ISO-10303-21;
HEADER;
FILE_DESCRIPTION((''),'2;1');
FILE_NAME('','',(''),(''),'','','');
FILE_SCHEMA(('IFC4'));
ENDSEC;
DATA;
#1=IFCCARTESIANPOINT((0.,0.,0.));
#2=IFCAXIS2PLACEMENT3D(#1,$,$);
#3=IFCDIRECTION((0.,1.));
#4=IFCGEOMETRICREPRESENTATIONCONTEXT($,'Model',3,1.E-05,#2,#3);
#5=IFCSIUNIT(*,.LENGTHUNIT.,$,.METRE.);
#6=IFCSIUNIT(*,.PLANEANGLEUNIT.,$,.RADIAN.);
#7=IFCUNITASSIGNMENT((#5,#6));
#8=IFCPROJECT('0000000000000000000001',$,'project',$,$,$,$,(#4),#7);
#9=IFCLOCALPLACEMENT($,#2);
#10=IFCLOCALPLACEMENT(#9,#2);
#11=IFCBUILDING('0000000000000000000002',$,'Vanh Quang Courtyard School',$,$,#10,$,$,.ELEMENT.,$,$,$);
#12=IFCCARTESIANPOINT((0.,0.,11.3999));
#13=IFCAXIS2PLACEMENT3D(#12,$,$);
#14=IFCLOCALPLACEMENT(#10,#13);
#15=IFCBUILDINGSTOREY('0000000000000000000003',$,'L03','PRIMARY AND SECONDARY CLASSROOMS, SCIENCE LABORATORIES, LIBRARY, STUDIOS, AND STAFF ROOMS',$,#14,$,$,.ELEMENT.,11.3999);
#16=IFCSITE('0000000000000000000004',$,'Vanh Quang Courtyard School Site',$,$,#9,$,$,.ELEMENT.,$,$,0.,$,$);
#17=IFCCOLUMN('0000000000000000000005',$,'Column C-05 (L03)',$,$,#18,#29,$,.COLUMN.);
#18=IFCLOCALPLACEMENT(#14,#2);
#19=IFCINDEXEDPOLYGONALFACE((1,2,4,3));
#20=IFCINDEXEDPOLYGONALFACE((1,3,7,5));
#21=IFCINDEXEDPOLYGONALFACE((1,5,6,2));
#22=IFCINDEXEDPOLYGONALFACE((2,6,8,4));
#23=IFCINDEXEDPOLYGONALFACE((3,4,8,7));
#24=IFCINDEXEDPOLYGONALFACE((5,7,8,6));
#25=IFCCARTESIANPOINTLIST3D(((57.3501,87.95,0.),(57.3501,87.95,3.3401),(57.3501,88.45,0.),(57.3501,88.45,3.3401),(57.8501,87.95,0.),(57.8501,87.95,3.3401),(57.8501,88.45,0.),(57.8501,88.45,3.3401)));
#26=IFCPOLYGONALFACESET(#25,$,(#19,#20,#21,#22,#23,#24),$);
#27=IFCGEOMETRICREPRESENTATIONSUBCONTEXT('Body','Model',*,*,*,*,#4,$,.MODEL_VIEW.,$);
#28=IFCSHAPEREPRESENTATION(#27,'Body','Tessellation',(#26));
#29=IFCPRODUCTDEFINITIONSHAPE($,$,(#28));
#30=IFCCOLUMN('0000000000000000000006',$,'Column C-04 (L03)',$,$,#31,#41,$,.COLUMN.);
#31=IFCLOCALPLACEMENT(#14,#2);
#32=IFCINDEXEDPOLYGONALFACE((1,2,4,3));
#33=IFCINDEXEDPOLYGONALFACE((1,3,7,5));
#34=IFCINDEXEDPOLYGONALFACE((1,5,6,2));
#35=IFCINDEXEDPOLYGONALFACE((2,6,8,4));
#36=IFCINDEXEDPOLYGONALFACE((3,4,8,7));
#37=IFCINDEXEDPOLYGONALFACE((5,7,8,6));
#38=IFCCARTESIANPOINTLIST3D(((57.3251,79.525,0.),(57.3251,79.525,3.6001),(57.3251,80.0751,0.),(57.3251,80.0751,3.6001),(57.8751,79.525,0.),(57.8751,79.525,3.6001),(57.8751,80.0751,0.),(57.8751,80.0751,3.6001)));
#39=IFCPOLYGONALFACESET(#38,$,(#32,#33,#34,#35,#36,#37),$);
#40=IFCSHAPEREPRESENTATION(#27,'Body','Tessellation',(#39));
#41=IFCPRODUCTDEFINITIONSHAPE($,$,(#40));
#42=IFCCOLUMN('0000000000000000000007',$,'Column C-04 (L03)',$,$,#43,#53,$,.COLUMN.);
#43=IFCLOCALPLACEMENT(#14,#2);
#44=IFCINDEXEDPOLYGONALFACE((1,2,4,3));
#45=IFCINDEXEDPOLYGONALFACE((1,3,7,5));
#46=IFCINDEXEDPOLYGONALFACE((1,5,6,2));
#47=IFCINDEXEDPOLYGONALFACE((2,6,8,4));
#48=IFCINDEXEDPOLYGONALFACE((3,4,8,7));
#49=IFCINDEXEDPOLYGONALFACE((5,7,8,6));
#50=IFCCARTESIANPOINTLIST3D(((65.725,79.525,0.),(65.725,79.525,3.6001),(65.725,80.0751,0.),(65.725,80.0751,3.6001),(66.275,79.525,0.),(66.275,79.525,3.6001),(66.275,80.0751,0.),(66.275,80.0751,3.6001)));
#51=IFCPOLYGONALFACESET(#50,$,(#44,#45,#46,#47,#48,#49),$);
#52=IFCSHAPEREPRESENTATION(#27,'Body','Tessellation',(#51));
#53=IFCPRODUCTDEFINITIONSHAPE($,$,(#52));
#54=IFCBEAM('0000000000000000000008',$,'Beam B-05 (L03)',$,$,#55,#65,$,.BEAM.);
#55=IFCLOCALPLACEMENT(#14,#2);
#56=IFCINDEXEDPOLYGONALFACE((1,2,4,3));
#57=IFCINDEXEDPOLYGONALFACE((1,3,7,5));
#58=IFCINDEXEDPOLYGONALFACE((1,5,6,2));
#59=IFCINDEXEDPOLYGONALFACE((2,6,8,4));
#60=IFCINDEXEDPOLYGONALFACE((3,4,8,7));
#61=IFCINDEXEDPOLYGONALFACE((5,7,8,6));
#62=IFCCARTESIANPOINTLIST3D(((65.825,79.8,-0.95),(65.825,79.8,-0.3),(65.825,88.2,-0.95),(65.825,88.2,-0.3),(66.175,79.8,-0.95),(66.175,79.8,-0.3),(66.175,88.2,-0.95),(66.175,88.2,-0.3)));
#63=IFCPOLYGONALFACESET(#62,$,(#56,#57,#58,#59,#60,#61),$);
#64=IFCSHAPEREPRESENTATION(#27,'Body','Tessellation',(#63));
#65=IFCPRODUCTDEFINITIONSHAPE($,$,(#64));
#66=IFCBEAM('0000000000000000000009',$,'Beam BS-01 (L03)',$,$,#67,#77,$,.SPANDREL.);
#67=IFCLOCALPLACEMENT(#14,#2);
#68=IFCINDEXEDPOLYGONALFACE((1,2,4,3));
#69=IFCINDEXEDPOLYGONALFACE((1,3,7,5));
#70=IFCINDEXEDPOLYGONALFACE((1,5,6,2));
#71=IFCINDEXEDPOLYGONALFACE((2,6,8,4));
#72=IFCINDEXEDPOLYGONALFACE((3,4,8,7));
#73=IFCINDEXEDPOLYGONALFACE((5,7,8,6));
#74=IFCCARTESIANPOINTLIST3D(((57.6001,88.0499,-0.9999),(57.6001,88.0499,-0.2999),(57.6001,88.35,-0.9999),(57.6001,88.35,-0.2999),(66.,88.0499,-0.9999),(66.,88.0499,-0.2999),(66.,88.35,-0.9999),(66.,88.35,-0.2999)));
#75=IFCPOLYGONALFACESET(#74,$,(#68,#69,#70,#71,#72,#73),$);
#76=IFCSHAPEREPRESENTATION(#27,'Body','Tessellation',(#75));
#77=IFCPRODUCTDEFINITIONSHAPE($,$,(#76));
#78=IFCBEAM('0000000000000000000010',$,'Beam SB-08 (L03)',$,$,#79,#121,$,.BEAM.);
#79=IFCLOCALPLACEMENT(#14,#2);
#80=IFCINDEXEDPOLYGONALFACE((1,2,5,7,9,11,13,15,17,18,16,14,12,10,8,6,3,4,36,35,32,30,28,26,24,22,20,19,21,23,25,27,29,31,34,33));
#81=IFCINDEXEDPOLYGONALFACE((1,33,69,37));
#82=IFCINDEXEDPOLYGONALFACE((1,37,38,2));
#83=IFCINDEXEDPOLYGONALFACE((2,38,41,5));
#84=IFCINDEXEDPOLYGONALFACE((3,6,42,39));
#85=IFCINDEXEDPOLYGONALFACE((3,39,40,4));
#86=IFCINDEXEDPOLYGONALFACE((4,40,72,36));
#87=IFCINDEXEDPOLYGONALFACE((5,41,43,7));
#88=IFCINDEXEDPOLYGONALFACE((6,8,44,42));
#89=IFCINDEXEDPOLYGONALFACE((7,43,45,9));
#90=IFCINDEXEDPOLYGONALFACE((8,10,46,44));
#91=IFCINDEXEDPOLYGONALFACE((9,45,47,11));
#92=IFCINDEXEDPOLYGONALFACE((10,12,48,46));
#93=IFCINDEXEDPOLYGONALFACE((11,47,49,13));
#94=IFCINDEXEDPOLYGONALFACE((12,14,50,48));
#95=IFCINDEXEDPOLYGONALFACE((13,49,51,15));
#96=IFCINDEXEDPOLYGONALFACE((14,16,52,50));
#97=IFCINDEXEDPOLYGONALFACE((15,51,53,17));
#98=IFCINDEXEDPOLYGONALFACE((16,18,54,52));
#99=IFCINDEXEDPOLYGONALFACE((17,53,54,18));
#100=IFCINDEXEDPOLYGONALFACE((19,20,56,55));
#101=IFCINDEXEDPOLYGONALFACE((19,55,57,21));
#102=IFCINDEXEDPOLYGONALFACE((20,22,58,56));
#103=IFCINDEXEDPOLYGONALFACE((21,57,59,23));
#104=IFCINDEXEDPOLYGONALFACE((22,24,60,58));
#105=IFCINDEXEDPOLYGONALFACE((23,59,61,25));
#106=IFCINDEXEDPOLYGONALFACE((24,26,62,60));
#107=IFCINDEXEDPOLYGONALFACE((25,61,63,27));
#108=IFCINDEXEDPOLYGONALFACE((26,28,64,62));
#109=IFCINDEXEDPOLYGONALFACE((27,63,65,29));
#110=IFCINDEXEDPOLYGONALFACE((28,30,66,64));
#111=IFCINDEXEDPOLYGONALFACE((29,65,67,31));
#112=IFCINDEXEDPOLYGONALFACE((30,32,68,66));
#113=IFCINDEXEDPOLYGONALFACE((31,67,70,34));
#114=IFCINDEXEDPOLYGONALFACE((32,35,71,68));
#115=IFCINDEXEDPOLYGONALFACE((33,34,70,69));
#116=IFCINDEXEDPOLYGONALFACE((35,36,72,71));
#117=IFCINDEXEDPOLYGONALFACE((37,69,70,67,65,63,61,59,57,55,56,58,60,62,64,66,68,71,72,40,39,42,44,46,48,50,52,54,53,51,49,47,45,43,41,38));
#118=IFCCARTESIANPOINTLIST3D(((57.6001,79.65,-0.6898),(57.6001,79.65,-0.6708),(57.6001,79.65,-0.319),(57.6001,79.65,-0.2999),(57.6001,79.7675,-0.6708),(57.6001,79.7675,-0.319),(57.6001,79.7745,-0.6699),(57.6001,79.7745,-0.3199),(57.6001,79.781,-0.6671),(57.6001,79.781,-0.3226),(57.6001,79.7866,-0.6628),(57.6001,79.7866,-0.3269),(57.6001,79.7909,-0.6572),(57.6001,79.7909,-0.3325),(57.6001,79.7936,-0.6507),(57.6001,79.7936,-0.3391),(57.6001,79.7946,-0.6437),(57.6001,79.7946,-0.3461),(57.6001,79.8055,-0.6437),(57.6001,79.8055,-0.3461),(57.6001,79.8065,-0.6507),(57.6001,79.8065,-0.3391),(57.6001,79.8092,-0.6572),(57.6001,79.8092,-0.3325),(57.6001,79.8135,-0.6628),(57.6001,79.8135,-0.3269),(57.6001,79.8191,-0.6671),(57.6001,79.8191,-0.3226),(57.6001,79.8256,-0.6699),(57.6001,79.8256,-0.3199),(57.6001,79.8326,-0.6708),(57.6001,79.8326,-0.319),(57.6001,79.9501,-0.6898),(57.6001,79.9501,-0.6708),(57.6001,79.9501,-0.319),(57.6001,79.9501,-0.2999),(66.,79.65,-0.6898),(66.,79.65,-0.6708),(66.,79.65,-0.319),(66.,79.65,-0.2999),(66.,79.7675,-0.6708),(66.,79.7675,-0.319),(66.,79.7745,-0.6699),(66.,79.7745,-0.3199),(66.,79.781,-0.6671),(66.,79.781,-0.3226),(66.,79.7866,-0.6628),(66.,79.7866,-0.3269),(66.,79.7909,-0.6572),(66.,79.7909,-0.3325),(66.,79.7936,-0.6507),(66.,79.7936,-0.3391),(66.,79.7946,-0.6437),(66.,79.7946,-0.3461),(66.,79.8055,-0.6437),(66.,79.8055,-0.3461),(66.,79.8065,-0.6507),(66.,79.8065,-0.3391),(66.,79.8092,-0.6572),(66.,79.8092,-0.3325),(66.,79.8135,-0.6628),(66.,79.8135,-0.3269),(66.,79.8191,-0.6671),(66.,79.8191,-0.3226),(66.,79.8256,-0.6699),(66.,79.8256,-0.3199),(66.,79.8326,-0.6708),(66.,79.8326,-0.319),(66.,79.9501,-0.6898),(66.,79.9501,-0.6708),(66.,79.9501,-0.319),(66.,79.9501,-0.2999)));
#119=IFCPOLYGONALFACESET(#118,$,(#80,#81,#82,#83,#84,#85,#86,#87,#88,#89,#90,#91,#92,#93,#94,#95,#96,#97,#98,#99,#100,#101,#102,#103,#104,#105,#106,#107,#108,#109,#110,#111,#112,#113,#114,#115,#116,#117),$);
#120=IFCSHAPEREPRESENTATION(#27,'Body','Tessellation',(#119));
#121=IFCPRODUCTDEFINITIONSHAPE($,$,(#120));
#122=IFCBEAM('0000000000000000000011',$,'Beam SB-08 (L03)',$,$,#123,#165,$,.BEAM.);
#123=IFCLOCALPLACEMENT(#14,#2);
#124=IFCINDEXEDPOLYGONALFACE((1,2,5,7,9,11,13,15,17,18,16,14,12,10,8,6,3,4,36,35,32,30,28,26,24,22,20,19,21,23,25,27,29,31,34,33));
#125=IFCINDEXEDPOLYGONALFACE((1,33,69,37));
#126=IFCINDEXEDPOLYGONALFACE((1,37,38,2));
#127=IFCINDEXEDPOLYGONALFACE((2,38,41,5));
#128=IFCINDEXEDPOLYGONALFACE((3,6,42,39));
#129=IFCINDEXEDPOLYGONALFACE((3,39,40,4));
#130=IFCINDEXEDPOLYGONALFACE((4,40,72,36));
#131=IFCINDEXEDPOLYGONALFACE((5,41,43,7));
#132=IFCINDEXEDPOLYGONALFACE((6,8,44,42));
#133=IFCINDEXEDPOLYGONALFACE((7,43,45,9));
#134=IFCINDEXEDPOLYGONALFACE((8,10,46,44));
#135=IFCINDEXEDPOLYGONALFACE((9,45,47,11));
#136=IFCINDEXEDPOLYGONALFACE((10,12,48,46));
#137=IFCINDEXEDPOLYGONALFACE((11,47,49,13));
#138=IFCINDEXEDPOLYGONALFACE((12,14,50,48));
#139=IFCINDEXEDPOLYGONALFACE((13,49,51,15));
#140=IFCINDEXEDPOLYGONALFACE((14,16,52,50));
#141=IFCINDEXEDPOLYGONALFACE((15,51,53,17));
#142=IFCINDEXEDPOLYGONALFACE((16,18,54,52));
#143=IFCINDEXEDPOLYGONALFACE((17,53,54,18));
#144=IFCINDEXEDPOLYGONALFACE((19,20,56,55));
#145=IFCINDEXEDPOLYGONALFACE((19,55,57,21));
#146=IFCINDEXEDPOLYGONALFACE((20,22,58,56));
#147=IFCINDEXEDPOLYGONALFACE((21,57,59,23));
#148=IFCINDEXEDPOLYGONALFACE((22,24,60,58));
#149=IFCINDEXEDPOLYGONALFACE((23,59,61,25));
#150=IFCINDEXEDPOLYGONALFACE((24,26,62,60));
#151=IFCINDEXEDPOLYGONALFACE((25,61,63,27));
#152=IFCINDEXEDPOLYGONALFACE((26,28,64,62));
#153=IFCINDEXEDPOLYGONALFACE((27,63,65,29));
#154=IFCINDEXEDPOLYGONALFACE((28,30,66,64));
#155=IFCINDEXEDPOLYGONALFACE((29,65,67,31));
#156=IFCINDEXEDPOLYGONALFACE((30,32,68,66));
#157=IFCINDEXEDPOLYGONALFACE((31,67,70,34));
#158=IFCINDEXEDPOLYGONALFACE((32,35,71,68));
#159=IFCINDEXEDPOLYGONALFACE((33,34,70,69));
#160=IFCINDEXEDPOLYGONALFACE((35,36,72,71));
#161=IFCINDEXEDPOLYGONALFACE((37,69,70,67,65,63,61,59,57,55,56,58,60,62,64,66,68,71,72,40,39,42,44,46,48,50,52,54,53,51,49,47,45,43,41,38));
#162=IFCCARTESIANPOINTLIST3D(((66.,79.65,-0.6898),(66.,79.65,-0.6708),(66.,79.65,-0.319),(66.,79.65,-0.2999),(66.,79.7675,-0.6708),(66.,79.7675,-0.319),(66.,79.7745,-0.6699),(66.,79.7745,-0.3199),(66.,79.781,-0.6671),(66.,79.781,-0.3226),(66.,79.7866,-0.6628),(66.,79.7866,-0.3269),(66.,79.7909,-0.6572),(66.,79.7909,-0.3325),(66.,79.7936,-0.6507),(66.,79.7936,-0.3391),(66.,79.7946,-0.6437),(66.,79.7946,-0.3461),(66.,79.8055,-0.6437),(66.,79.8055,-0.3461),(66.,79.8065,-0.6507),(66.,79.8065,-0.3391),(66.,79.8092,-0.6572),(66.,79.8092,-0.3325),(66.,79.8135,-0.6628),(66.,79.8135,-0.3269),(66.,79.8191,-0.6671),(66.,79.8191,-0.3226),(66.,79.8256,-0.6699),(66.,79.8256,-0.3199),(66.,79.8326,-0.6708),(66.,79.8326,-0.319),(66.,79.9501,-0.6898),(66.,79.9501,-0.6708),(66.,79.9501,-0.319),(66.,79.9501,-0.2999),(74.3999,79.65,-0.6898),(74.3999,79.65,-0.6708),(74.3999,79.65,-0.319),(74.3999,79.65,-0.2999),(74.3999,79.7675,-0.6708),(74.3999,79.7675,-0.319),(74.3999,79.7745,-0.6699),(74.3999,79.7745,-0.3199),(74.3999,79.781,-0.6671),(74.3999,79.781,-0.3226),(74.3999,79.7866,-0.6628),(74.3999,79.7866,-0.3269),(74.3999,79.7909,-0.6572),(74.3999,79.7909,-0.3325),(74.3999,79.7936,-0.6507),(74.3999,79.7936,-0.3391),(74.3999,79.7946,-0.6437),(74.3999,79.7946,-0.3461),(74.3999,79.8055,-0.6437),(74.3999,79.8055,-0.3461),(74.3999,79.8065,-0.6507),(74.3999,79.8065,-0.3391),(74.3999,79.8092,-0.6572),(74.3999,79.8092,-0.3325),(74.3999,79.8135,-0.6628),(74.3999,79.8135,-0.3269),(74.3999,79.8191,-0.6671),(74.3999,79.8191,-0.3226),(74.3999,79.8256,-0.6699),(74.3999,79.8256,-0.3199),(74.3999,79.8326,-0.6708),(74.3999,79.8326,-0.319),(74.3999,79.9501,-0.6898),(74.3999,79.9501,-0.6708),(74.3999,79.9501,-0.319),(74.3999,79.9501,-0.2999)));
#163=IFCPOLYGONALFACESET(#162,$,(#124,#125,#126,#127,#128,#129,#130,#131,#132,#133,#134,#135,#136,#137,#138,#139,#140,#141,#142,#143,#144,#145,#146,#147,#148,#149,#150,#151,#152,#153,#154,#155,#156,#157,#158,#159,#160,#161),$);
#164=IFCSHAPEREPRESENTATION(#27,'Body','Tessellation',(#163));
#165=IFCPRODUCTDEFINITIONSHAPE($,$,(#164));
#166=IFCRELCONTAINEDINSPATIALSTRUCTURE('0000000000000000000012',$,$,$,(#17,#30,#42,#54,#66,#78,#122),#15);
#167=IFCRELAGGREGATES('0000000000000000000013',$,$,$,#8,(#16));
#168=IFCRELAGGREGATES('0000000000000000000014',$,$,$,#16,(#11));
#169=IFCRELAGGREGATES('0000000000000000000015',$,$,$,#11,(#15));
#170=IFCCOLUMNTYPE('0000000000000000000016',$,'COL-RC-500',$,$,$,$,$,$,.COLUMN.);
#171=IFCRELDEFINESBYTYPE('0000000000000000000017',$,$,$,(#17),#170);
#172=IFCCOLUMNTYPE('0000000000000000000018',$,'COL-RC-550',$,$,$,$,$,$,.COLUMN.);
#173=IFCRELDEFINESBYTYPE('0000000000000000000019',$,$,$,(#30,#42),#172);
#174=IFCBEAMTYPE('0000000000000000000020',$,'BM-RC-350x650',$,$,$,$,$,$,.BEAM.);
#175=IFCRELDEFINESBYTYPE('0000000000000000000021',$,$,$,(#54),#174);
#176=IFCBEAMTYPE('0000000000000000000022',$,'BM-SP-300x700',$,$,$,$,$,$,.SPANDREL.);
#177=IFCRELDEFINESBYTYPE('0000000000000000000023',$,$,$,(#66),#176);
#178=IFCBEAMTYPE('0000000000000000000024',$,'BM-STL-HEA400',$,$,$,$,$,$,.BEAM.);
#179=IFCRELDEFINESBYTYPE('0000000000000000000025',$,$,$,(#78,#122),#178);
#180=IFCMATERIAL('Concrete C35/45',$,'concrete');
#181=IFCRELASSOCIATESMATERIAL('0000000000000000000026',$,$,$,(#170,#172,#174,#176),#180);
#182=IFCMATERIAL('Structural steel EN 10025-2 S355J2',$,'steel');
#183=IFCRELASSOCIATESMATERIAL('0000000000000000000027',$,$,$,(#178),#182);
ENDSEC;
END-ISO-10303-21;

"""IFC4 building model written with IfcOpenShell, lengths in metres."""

from ifc_helpers import new_model, si_unit, direction, frame, origin, origin_2d, place, context, subcontext, project, spatial, rectangle, i_section, extrude, material, material_profile, profile_set, type_object, element, save


model = new_model("IFC4")

# Units and contexts
model_context = context("Model", 3, precision=1e-05, world=origin(), true_north=direction((0.0, 1.0)))
body_context = subcontext(model_context, "Body", "Model", "MODEL_VIEW")
ifc_project = project(units=[si_unit("LENGTHUNIT", "METRE"), si_unit("PLANEANGLEUNIT", "RADIAN")], contexts=[model_context])

# Site, building, storey
site_placement = place(None, origin())
site = spatial("IfcSite", under=ifc_project, at=site_placement, Name="Vanh Quang Courtyard School Site", CompositionType="ELEMENT", RefElevation=0.0)
building_placement = place(site_placement, origin())
building = spatial("IfcBuilding", under=site, at=building_placement, Name="Vanh Quang Courtyard School", CompositionType="ELEMENT")
storey_placement = place(building_placement, frame((0.0, 0.0, 11.3999)))
storey = spatial("IfcBuildingStorey", under=building, at=storey_placement, Name="L03", Description="PRIMARY AND SECONDARY CLASSROOMS, SCIENCE LABORATORIES, LIBRARY, STUDIOS, AND STAFF ROOMS", CompositionType="ELEMENT", Elevation=11.3999)

# Columns
ifc_material_1 = material(Name="Concrete C35/45", Category="concrete")
ifc_material_profile_1 = material_profile(ifc_material_1, rectangle(XDim=0.5, YDim=0.5, at=origin_2d()), Name="RC-COL 500x500")
ifc_profile_set_1 = profile_set([ifc_material_profile_1], Name="Concrete C35/45")
column_type_1 = type_object("IfcColumnType", Name="COL-RC-500", PredefinedType="COLUMN", material=ifc_profile_set_1)
column_placement = place(storey_placement, frame((57.6001, 88.2, 0.0), z_axis=(0.0, 0.0, 1.0), x_axis=(1.0, 0.0, 0.0)))
element("IfcColumn", 1, at=column_placement, inside=storey, type_object=column_type_1, Name="Column C-05 (L03)", PredefinedType="COLUMN", context=body_context, shape_type="SweptSolid", body=[
    extrude(rectangle(XDim=0.5, YDim=0.5, at=origin_2d()), origin(), (0.0, 0.0, 1.0), 3.3401),
])
ifc_material_profile_2 = material_profile(ifc_material_1, rectangle(XDim=0.55, YDim=0.55, at=origin_2d()), Name="RC-COL 550x550")
ifc_profile_set_2 = profile_set([ifc_material_profile_2], Name="Concrete C35/45")
column_type_2 = type_object("IfcColumnType", Name="COL-RC-550", PredefinedType="COLUMN", material=ifc_profile_set_2)
for number, where, z_axis, x_axis, name in (
    (2, (57.6001, 79.8, 0.0), (0.0, 0.0, 1.0), (1.0, 0.0, 0.0), "Column C-04 (L03)"),
    (3, (66.0, 79.8, 0.0), (0.0, 0.0, 1.0), (1.0, 0.0, 0.0), "Column C-04 (L03)"),
):
    element("IfcColumn", number, at=place(storey_placement, frame(where, z_axis=z_axis, x_axis=x_axis)), inside=storey, type_object=column_type_2, Name=name, PredefinedType="COLUMN", context=body_context, shape_type="SweptSolid", body=[
        extrude(rectangle(XDim=0.55, YDim=0.55, at=origin_2d()), origin(), (0.0, 0.0, 1.0), 3.6001),
    ])

# Beams
ifc_material_profile_3 = material_profile(ifc_material_1, rectangle(XDim=0.3501, YDim=0.6499, at=origin_2d()), Name="RC-BM 350x650")
ifc_profile_set_3 = profile_set([ifc_material_profile_3], Name="Concrete C35/45")
beam_type_1 = type_object("IfcBeamType", Name="BM-RC-350x650", PredefinedType="BEAM", material=ifc_profile_set_3)
beam_1_placement = place(storey_placement, frame((66.0, 79.8, -0.625), z_axis=(0.0, 1.0, 0.0), x_axis=(-1.0, 0.0, 0.0)))
element("IfcBeam", 4, at=beam_1_placement, inside=storey, type_object=beam_type_1, Name="Beam B-05 (L03)", PredefinedType="BEAM", context=body_context, shape_type="SweptSolid", body=[
    extrude(rectangle(XDim=0.3501, YDim=0.6499, at=origin_2d()), origin(), (0.0, 0.0, 1.0), 8.3999),
])
ifc_material_profile_4 = material_profile(ifc_material_1, rectangle(XDim=0.3, YDim=0.7, at=origin_2d()), Name="RC-SP 300x700")
ifc_profile_set_4 = profile_set([ifc_material_profile_4], Name="Concrete C35/45")
beam_type_2 = type_object("IfcBeamType", Name="BM-SP-300x700", PredefinedType="SPANDREL", material=ifc_profile_set_4)
beam_2_placement = place(storey_placement, frame((57.6001, 88.2, -0.6499), z_axis=(1.0, 0.0, 0.0), x_axis=(0.0, 1.0, 0.0)))
element("IfcBeam", 5, at=beam_2_placement, inside=storey, type_object=beam_type_2, Name="Beam BS-01 (L03)", PredefinedType="SPANDREL", context=body_context, shape_type="SweptSolid", body=[
    extrude(rectangle(XDim=0.3, YDim=0.7, at=origin_2d()), origin(), (0.0, 0.0, 1.0), 8.3999),
])
ifc_material_2 = material(Name="Structural steel EN 10025-2 S355J2", Category="steel")
ifc_material_profile_5 = material_profile(ifc_material_2, i_section(OverallWidth=0.3, OverallDepth=0.3899, WebThickness=0.011, FlangeThickness=0.019, FilletRadius=0.0271, at=origin_2d()), Name="HEA 400")
ifc_profile_set_5 = profile_set([ifc_material_profile_5], Name="Structural steel EN 10025-2 S355J2")
beam_type_3 = type_object("IfcBeamType", Name="BM-STL-HEA400", PredefinedType="BEAM", material=ifc_profile_set_5)
for number, where, z_axis, x_axis, name in (
    (6, (57.6001, 79.8, -0.4949), (1.0, 0.0, 0.0), (0.0, 1.0, 0.0), "Beam SB-08 (L03)"),
    (7, (66.0, 79.8, -0.4949), (1.0, 0.0, 0.0), (0.0, 1.0, 0.0), "Beam SB-08 (L03)"),
):
    element("IfcBeam", number, at=place(storey_placement, frame(where, z_axis=z_axis, x_axis=x_axis)), inside=storey, type_object=beam_type_3, Name=name, PredefinedType="BEAM", context=body_context, shape_type="SweptSolid", body=[
        extrude(i_section(OverallWidth=0.3, OverallDepth=0.3899, WebThickness=0.011, FlangeThickness=0.019, FilletRadius=0.0271, at=origin_2d()), origin(), (0.0, 0.0, 1.0), 8.3999),
    ])

save(model, "model.ifc")
